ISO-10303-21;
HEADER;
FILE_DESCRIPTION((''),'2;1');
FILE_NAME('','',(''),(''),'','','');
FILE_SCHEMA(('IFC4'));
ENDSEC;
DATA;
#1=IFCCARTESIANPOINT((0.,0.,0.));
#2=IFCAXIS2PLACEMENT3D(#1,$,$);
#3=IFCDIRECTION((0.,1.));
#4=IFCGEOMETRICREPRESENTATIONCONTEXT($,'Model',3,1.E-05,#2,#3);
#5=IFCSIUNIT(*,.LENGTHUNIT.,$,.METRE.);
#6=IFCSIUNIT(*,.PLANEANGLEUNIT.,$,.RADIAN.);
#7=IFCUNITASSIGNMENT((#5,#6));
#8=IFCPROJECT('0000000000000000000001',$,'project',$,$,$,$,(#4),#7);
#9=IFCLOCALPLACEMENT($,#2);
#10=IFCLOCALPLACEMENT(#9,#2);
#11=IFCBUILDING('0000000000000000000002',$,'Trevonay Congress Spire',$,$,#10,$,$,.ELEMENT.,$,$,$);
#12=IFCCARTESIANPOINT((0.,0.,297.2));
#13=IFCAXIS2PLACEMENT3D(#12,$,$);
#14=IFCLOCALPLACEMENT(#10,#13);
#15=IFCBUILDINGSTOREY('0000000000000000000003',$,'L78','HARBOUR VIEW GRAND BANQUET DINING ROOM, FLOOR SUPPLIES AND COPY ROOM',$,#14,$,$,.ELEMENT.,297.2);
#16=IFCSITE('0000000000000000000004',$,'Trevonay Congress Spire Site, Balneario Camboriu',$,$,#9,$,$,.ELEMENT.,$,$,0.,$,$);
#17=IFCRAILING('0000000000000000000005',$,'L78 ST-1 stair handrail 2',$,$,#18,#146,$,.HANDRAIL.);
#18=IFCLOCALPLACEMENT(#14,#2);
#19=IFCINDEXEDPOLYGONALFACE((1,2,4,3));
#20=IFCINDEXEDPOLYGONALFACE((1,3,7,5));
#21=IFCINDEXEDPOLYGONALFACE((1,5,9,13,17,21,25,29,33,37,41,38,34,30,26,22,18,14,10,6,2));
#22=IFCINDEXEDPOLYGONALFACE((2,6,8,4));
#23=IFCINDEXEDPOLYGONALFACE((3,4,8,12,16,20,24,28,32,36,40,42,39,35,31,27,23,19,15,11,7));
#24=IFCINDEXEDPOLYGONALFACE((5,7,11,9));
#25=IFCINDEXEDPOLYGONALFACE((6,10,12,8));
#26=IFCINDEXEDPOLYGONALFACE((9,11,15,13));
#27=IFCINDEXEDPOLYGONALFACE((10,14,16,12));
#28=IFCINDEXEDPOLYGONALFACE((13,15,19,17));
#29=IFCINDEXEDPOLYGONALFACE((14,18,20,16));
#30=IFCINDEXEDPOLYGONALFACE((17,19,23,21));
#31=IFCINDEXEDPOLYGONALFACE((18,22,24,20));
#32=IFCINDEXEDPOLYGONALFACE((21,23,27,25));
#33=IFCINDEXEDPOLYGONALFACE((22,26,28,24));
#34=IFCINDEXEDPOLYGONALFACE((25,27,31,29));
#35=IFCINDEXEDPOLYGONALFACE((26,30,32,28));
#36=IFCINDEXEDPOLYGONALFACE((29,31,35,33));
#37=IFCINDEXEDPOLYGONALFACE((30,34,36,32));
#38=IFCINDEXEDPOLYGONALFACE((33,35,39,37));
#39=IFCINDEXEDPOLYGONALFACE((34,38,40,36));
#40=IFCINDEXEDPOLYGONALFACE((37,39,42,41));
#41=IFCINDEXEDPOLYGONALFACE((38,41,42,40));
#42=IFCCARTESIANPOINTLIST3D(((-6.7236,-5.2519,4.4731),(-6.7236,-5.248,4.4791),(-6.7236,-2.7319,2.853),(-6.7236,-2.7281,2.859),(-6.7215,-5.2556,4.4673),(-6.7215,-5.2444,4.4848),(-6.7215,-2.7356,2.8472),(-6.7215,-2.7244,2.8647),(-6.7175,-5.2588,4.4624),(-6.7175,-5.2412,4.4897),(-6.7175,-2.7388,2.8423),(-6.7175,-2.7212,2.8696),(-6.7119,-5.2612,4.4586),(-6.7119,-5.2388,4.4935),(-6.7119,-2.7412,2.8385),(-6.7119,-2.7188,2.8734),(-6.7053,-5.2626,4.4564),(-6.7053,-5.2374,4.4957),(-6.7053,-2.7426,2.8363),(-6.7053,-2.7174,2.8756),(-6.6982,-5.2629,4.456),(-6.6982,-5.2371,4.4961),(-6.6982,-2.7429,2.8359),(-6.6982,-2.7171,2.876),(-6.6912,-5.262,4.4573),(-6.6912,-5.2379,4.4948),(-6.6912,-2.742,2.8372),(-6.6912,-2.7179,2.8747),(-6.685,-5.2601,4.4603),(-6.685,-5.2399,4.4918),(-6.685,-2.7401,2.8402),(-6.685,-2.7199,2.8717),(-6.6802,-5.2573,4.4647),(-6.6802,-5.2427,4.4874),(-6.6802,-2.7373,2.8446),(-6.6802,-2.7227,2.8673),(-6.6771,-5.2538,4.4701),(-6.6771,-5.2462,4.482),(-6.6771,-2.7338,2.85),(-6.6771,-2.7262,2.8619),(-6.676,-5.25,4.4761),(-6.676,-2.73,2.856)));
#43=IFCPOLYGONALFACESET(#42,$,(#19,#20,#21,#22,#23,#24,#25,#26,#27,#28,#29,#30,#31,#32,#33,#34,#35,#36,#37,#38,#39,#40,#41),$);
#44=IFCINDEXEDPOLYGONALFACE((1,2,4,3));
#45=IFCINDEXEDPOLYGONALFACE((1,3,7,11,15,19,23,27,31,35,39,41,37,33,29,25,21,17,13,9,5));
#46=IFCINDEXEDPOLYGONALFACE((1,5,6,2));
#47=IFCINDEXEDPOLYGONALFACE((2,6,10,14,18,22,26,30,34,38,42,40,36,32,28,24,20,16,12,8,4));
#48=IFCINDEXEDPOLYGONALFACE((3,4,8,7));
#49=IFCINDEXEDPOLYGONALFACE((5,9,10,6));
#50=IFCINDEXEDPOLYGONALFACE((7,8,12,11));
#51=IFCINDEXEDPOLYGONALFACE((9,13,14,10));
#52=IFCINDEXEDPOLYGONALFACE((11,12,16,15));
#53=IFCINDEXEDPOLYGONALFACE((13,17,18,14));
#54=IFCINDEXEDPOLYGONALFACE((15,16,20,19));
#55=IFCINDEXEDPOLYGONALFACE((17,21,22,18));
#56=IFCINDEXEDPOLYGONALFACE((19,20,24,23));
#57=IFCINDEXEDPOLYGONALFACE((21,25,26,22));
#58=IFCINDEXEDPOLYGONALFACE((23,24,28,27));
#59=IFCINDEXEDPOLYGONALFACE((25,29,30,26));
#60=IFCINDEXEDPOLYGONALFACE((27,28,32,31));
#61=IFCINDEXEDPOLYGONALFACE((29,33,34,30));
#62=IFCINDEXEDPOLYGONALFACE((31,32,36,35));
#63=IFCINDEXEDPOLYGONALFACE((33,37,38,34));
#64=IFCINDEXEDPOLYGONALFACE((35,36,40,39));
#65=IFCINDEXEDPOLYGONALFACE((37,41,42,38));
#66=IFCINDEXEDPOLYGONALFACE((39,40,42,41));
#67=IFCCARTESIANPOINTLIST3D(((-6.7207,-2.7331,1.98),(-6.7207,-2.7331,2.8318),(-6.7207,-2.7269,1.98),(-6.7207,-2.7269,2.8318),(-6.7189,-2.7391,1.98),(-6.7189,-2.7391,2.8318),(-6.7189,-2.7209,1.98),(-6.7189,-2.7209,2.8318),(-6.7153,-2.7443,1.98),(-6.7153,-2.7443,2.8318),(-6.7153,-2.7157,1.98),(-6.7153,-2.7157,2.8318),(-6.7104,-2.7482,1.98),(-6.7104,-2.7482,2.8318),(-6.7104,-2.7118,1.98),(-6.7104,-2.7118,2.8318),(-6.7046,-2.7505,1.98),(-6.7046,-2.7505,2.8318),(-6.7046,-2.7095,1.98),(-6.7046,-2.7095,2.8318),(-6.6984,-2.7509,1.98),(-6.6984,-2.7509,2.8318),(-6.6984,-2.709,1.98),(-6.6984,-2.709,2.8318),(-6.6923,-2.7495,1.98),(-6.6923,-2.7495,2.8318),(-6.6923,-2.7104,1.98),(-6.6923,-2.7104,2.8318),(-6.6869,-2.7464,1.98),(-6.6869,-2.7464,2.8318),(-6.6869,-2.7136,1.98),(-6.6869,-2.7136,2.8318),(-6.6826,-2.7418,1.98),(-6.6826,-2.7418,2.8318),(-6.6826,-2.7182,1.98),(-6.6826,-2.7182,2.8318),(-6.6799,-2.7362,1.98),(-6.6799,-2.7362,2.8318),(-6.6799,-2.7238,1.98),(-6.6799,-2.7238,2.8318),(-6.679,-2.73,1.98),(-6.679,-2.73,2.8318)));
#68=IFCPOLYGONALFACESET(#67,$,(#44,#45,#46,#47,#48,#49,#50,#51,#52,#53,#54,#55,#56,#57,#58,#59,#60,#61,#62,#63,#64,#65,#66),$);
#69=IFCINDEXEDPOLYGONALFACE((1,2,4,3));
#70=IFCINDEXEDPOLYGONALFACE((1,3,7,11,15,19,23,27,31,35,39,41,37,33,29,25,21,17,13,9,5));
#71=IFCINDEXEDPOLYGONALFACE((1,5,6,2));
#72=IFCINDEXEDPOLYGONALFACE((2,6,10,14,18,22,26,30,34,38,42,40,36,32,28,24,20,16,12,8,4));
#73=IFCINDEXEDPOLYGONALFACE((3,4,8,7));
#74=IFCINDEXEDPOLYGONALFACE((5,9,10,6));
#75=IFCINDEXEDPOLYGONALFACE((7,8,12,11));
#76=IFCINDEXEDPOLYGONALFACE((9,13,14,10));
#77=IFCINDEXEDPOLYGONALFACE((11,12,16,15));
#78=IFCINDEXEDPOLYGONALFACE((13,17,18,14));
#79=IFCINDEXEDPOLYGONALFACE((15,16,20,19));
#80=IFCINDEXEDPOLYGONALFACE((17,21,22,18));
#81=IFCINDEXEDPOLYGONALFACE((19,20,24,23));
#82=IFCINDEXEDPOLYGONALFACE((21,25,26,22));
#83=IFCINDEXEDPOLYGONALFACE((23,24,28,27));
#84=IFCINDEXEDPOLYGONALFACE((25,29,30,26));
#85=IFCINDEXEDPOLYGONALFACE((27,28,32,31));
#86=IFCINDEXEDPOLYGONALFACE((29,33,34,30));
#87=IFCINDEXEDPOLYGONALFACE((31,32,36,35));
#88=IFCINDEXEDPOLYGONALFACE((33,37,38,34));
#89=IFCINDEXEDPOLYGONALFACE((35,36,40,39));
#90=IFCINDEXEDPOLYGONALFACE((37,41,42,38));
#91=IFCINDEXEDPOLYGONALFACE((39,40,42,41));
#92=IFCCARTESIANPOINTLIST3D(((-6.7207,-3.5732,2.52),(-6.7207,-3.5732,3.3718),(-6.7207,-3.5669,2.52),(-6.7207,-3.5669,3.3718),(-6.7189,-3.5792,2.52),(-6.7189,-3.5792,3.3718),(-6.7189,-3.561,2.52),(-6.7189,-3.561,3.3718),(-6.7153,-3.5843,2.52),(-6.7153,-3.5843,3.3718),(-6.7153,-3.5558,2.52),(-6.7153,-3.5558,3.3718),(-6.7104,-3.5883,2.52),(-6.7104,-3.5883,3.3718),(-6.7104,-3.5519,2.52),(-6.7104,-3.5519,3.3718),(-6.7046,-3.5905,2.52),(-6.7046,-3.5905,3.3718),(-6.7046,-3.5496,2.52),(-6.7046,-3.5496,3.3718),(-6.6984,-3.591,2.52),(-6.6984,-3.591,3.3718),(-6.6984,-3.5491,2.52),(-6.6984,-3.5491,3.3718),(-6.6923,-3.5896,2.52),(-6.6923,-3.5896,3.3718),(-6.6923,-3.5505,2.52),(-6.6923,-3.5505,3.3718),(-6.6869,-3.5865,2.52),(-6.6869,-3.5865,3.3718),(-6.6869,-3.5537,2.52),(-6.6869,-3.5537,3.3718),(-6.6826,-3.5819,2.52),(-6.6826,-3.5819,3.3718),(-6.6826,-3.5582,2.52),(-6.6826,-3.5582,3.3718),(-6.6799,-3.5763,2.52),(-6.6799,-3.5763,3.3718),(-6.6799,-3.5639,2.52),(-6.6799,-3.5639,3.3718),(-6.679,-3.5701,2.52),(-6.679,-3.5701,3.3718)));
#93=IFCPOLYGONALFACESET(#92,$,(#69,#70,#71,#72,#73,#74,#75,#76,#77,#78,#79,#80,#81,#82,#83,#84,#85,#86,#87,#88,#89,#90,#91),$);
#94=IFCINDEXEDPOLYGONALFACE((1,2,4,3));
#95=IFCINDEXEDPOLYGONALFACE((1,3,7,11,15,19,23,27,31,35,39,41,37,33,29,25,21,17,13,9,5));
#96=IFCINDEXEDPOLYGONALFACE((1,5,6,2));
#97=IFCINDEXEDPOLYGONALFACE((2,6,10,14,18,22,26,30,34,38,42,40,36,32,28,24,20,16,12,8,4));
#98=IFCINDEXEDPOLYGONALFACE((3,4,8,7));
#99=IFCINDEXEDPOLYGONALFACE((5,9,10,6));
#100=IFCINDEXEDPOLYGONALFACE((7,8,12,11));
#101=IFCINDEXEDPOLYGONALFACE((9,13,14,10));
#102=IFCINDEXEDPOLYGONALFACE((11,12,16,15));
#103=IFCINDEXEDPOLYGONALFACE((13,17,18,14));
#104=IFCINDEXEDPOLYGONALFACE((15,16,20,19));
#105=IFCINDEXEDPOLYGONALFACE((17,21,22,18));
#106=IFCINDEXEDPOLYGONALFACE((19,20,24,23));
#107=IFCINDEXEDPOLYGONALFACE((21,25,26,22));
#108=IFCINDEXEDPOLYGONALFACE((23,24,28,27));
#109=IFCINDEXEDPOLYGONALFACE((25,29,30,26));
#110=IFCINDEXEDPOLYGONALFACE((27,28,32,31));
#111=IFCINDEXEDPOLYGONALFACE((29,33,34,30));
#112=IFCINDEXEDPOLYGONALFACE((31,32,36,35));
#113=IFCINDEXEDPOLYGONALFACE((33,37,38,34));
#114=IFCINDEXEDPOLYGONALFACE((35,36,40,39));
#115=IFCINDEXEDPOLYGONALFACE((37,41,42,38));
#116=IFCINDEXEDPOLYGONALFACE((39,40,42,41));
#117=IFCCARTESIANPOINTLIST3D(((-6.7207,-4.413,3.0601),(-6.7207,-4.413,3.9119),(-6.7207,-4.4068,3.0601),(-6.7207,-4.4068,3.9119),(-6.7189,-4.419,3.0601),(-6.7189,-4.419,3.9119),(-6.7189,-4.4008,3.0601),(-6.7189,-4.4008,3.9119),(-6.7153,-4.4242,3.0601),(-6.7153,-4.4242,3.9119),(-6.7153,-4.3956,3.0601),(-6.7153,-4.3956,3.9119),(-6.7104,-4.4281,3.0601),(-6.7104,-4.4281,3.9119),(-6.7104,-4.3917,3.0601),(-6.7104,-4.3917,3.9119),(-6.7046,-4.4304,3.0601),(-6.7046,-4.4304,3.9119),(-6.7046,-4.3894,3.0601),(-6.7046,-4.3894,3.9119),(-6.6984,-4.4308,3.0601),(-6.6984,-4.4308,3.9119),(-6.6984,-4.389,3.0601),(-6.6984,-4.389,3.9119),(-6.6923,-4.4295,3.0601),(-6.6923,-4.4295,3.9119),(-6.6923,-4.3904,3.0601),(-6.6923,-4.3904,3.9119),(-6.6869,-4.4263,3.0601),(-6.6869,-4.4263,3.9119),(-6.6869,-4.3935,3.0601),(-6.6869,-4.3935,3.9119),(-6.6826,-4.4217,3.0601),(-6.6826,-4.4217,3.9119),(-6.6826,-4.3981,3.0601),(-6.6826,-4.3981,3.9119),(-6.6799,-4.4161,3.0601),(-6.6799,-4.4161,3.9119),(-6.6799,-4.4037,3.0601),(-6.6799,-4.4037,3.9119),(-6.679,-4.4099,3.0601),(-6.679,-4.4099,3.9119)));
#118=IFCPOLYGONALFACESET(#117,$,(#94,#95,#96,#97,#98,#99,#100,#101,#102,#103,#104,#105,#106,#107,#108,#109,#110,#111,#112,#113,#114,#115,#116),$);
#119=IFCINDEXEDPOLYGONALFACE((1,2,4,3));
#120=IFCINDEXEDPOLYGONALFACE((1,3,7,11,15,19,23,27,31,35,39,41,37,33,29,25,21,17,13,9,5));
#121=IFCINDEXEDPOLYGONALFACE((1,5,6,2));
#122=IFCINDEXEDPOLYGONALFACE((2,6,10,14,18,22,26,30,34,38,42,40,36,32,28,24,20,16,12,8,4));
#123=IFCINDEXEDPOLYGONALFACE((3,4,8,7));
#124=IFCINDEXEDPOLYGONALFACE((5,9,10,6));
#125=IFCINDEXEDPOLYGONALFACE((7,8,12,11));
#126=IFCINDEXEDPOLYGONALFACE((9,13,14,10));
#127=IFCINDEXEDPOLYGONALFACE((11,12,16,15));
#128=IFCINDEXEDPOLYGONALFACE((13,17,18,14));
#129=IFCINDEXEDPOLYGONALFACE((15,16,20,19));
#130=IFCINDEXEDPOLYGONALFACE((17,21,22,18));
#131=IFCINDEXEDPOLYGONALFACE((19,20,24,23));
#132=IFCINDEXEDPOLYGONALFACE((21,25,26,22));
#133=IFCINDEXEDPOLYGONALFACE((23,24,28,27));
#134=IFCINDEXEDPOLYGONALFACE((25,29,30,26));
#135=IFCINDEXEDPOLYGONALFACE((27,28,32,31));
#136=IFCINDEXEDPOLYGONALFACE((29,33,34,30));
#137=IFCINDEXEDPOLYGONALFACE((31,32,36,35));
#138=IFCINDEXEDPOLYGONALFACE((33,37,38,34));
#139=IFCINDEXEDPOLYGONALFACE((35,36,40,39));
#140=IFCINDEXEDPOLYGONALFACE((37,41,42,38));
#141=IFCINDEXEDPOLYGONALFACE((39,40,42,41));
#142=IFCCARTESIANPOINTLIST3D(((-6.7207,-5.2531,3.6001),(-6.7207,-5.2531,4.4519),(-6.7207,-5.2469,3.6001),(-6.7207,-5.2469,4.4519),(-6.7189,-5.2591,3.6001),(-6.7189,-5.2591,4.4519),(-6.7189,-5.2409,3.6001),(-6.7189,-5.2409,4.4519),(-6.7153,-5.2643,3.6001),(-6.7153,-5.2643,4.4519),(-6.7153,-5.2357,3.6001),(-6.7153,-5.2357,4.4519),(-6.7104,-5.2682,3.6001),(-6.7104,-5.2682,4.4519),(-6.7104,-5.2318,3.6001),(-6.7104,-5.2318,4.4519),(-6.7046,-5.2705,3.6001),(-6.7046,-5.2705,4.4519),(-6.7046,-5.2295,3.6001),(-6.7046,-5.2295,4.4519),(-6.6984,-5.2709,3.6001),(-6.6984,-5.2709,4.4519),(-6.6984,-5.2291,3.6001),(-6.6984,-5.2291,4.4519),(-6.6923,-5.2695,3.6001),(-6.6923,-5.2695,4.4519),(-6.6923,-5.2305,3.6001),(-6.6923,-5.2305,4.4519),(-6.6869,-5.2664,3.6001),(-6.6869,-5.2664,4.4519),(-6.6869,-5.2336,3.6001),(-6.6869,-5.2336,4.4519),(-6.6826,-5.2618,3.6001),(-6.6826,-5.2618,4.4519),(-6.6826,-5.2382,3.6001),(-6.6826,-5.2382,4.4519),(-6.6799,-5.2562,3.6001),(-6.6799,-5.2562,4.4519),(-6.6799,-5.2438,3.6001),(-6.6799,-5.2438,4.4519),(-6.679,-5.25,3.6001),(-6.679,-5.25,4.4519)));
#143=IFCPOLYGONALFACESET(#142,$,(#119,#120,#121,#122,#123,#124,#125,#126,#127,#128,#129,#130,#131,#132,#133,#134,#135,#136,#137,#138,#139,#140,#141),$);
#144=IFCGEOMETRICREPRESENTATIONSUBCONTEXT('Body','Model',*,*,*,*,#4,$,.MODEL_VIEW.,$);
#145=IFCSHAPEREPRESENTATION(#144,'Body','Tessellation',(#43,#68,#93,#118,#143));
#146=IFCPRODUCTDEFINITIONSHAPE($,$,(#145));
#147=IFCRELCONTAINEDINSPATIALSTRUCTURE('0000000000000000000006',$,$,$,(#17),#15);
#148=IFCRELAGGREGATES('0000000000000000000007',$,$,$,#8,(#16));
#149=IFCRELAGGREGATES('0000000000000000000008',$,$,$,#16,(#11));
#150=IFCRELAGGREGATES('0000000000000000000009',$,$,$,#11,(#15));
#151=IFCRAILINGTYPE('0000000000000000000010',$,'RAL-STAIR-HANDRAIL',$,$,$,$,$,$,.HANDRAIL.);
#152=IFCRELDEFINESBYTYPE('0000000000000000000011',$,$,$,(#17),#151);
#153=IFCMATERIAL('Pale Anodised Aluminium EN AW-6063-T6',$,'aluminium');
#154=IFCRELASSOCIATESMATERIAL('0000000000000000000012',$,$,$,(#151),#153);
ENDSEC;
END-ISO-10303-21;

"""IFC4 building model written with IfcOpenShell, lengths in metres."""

from ifc_helpers import new_model, si_unit, direction, frame, origin, origin_2d, place, context, subcontext, project, spatial, circle, extrude, material, type_object, element, save


model = new_model("IFC4")

# Units and contexts
model_context = context("Model", 3, precision=1e-05, world=origin(), true_north=direction((0.0, 1.0)))
body_context = subcontext(model_context, "Body", "Model", "MODEL_VIEW")
ifc_project = project(units=[si_unit("LENGTHUNIT", "METRE"), si_unit("PLANEANGLEUNIT", "RADIAN")], contexts=[model_context])

# Site, building, storey
site_placement = place(None, origin())
site = spatial("IfcSite", under=ifc_project, at=site_placement, Name="Trevonay Congress Spire Site, Balneario Camboriu", CompositionType="ELEMENT", RefElevation=0.0)
building_placement = place(site_placement, origin())
building = spatial("IfcBuilding", under=site, at=building_placement, Name="Trevonay Congress Spire", CompositionType="ELEMENT")
storey_placement = place(building_placement, frame((0.0, 0.0, 297.2)))
storey = spatial("IfcBuildingStorey", under=building, at=storey_placement, Name="L78", Description="HARBOUR VIEW GRAND BANQUET DINING ROOM, FLOOR SUPPLIES AND COPY ROOM", CompositionType="ELEMENT", Elevation=297.2)

# Shared definitions
ifc_material_1 = material(Name="Pale Anodised Aluminium EN AW-6063-T6", Category="aluminium")

# Railing
railing_type_1 = type_object("IfcRailingType", Name="RAL-STAIR-HANDRAIL", PredefinedType="HANDRAIL", material=ifc_material_1)
railing_1_placement = place(storey_placement, frame((-6.7, -2.73, 1.98)))
element("IfcRailing", 1, at=railing_1_placement, inside=storey, type_object=railing_type_1, Name="L78 ST-1 stair handrail 2", PredefinedType="HANDRAIL", context=body_context, shape_type="SweptSolid", body=[
    extrude(circle(Radius=0.0239, at=origin_2d()), frame((0.0, 0.0, 0.876), z_axis=(0.0, -0.841163, 0.540782), x_axis=(1.0, 0.0, 0.0)), (0.0, 0.0, 1.0), 2.9958),
    extrude(circle(Radius=0.021, at=origin_2d()), origin(), (0.0, 0.0, 1.0), 0.8518),
    extrude(circle(Radius=0.021, at=origin_2d()), frame((0.0, -0.8401, 0.54)), (0.0, 0.0, 1.0), 0.8518),
    extrude(circle(Radius=0.021, at=origin_2d()), frame((0.0, -1.6799, 1.0801)), (0.0, 0.0, 1.0), 0.8518),
    extrude(circle(Radius=0.021, at=origin_2d()), frame((0.0, -2.52, 1.6201)), (0.0, 0.0, 1.0), 0.8518),
])

save(model, "model.ifc")
